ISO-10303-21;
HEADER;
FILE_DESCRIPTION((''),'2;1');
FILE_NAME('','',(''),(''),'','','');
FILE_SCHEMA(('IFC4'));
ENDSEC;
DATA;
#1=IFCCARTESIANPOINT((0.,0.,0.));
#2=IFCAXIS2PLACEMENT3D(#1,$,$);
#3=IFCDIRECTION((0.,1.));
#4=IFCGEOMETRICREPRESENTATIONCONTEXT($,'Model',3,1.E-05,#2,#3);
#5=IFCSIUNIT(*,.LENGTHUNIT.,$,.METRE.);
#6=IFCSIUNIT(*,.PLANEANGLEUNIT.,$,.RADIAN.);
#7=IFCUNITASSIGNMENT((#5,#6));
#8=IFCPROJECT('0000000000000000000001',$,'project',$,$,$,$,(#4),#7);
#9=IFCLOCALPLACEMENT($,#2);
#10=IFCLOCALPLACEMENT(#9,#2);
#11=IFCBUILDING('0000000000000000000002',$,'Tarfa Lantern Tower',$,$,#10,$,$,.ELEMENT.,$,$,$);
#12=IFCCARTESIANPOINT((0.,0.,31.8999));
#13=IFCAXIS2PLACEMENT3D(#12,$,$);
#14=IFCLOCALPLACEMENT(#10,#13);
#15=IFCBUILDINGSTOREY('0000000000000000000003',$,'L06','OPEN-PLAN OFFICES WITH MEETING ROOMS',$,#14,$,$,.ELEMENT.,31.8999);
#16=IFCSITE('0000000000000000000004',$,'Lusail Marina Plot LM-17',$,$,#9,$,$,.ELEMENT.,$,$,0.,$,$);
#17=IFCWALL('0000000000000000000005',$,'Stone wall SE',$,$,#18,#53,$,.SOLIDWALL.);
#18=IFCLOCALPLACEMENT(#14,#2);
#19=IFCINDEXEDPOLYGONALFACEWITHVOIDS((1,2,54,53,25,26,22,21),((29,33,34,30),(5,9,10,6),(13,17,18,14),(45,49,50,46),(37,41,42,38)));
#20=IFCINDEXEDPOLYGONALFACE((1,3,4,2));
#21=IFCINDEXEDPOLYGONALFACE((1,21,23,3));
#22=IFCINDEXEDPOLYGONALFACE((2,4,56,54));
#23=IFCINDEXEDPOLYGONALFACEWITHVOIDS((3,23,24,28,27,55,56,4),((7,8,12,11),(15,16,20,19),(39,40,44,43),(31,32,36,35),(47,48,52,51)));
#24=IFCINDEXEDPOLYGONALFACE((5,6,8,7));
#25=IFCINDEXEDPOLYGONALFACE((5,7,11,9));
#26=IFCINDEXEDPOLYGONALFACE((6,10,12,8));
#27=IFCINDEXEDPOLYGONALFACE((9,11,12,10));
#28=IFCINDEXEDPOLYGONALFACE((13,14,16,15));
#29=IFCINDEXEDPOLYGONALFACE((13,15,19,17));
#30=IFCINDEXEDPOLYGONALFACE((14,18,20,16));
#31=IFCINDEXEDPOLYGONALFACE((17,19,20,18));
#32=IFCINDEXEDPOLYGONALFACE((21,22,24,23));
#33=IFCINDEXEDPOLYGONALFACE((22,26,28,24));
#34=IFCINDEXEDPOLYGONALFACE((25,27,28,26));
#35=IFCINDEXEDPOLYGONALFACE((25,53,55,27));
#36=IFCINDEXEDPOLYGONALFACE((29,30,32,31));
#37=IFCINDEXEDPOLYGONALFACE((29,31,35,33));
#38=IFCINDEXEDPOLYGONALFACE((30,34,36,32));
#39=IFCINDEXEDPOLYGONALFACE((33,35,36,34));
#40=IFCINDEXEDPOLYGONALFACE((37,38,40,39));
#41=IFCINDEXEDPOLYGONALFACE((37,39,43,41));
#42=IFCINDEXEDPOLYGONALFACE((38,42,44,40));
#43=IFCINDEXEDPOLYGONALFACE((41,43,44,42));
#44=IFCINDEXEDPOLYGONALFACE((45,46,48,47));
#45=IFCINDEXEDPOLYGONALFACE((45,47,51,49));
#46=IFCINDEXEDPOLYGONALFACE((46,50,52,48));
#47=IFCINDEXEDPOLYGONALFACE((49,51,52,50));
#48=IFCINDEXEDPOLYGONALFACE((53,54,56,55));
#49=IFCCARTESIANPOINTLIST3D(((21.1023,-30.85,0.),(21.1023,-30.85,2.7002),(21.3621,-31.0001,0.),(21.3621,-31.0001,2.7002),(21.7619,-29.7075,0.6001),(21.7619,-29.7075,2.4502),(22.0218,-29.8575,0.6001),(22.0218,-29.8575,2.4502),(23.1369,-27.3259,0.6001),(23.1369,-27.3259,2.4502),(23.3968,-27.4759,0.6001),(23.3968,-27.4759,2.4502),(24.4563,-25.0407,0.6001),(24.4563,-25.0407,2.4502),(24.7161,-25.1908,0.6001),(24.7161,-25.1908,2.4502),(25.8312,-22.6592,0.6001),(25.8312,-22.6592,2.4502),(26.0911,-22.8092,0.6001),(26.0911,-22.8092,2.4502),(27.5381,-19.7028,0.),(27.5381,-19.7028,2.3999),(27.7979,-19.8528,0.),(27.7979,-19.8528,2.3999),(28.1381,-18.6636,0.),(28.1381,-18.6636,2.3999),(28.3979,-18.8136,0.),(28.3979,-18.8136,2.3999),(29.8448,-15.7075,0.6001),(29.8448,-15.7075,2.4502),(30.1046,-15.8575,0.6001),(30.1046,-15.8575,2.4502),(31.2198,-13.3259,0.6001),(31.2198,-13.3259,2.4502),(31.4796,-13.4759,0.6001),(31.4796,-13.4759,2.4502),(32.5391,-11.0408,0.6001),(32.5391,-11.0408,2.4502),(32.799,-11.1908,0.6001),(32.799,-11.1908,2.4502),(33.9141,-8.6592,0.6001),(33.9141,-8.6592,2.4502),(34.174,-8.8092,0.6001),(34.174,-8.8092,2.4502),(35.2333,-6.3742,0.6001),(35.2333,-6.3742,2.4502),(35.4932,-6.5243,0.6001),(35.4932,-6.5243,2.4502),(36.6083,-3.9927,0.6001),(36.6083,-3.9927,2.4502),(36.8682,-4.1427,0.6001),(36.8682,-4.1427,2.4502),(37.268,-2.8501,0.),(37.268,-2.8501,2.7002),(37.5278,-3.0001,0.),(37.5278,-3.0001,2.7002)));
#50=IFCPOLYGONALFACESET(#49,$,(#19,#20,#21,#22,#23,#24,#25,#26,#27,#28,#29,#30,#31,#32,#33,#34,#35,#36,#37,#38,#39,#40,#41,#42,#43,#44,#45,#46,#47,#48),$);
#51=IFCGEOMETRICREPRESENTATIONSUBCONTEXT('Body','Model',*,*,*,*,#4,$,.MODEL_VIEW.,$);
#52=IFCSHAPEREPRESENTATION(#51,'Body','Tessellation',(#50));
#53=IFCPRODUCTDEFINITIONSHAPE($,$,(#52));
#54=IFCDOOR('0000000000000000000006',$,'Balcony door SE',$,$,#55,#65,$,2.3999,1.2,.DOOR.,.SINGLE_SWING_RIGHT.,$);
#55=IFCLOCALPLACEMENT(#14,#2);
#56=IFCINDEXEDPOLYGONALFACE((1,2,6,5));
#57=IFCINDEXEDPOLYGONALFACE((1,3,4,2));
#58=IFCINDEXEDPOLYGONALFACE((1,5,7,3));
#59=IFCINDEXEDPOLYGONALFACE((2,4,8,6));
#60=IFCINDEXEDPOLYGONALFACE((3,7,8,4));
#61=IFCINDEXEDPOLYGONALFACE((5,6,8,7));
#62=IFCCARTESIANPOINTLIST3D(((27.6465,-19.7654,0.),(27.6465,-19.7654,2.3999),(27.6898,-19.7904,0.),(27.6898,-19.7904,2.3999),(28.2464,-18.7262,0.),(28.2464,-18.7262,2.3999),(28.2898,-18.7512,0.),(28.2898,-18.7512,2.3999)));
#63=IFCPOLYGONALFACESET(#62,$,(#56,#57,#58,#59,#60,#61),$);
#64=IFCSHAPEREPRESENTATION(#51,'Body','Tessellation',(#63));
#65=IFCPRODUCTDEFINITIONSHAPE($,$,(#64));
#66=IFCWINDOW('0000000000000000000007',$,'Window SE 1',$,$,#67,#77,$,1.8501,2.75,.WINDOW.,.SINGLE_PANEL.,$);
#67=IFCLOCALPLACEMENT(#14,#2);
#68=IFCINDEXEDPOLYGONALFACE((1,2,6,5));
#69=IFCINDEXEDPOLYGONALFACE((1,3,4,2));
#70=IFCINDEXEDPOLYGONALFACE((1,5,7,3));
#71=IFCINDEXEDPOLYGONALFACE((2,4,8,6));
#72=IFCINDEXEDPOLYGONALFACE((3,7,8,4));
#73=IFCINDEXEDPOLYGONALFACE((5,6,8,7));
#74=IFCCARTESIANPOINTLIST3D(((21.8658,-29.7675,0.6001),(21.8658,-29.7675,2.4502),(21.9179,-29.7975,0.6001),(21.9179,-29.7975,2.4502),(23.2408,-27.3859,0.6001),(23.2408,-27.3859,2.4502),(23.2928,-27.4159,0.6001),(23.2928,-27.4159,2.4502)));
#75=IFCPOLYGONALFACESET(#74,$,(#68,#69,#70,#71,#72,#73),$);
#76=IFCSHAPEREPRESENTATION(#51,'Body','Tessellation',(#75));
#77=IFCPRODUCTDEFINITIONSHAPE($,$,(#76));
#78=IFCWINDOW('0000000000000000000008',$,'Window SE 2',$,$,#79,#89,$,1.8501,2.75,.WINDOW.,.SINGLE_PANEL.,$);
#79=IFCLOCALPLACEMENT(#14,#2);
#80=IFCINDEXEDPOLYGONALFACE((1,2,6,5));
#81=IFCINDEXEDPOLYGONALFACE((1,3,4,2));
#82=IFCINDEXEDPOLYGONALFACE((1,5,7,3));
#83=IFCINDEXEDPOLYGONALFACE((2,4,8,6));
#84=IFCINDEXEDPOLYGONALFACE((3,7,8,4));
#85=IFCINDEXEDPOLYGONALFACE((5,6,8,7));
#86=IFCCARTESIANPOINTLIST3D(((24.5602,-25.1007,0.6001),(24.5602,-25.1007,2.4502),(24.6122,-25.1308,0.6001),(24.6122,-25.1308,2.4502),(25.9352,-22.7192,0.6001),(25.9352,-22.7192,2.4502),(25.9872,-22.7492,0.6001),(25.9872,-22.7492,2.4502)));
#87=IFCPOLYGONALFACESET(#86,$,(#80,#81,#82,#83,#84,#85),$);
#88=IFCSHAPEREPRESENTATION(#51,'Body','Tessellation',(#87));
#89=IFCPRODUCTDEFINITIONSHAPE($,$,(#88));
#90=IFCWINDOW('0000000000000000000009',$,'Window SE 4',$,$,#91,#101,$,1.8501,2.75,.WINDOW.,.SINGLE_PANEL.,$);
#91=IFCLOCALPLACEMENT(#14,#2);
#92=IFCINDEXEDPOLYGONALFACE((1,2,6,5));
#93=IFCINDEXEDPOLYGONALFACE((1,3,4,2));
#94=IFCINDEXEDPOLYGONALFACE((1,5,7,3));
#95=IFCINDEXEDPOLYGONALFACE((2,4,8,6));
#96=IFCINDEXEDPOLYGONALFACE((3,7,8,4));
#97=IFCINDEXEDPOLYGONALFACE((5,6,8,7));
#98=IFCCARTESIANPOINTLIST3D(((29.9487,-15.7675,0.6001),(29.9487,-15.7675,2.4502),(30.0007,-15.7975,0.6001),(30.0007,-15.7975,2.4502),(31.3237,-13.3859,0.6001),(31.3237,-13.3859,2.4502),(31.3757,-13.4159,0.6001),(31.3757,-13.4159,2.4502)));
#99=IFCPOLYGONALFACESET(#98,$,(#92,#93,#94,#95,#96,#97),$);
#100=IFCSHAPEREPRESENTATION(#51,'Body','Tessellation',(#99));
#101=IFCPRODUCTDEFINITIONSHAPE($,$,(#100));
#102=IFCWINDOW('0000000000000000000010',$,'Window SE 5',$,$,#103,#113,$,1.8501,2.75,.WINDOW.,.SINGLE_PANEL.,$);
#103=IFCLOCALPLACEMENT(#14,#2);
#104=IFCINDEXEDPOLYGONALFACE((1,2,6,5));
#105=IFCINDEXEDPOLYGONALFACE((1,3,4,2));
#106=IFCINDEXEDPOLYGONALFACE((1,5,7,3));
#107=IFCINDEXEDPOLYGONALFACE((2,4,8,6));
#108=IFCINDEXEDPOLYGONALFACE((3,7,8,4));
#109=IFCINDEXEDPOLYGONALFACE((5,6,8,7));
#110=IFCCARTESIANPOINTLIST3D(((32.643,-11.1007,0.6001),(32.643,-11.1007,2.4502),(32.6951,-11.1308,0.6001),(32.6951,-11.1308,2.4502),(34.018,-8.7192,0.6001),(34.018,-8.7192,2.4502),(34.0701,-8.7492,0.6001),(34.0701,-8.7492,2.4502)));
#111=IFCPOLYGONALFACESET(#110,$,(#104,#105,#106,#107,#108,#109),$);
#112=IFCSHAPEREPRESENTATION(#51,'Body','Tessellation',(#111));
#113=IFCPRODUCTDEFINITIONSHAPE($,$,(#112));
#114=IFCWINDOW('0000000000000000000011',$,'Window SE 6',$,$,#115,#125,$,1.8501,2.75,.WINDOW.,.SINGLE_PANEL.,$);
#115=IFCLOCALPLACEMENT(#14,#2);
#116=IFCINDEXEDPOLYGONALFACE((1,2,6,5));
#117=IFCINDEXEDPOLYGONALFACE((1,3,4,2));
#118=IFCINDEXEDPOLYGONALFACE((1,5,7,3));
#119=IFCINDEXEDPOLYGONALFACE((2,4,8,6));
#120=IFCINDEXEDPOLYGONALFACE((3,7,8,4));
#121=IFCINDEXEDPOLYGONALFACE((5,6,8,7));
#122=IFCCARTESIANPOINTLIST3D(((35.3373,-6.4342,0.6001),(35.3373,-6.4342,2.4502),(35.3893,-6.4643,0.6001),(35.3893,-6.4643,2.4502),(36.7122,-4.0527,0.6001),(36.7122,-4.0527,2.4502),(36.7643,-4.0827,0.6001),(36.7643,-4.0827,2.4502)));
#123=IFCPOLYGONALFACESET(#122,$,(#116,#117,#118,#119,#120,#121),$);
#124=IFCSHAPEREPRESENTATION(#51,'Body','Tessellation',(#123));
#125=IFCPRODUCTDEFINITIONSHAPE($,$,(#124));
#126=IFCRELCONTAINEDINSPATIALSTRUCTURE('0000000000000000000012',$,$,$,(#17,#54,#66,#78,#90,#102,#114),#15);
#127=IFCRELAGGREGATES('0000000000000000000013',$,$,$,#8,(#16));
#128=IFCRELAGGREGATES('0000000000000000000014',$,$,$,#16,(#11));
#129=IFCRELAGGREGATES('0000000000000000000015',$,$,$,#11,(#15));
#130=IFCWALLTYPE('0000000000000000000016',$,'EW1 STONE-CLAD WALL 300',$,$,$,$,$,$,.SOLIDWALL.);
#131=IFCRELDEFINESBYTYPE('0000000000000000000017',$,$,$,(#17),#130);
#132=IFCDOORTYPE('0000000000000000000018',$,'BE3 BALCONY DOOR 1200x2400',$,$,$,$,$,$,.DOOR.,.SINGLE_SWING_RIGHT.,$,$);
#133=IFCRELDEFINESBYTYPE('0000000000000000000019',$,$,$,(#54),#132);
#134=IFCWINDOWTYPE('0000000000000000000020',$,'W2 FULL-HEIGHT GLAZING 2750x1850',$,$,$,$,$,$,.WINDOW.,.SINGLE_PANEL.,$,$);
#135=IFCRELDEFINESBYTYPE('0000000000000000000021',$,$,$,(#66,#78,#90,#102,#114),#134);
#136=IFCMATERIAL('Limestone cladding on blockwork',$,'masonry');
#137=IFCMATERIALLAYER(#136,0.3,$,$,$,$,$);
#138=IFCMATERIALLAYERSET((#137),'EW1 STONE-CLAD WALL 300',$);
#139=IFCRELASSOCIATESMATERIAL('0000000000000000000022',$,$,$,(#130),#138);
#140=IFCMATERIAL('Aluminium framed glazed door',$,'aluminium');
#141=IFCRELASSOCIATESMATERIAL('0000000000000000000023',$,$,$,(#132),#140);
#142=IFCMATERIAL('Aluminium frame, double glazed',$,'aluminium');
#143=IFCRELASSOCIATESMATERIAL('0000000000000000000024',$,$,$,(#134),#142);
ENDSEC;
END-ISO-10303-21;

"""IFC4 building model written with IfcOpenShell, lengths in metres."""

from ifc_helpers import new_model, si_unit, direction, frame, frame_2d, origin, place, context, subcontext, project, spatial, rectangle, extrude, material, layer, layer_set, type_object, element, fill, save


model = new_model("IFC4")

# Units and contexts
model_context = context("Model", 3, precision=1e-05, world=origin(), true_north=direction((0.0, 1.0)))
body_context = subcontext(model_context, "Body", "Model", "MODEL_VIEW")
ifc_project = project(units=[si_unit("LENGTHUNIT", "METRE"), si_unit("PLANEANGLEUNIT", "RADIAN")], contexts=[model_context])

# Site, building, storey
site_placement = place(None, origin())
site = spatial("IfcSite", under=ifc_project, at=site_placement, Name="Lusail Marina Plot LM-17", CompositionType="ELEMENT", RefElevation=0.0)
building_placement = place(site_placement, origin())
building = spatial("IfcBuilding", under=site, at=building_placement, Name="Tarfa Lantern Tower", CompositionType="ELEMENT")
storey_placement = place(building_placement, frame((0.0, 0.0, 31.8999)))
storey = spatial("IfcBuildingStorey", under=building, at=storey_placement, Name="L06", Description="OPEN-PLAN OFFICES WITH MEETING ROOMS", CompositionType="ELEMENT", Elevation=31.8999)

# Wall, openings, door, windows
ifc_material_1 = material(Name="Limestone cladding on blockwork", Category="masonry")
ifc_layer_1 = layer(ifc_material_1, 0.3)
ifc_layer_set_1 = layer_set([ifc_layer_1], Name="EW1 STONE-CLAD WALL 300")
wall_type_1 = type_object("IfcWallType", Name="EW1 STONE-CLAD WALL 300", PredefinedType="SOLIDWALL", material=ifc_layer_set_1)
wall_1_placement = place(storey_placement, frame((21.2322, -30.925, 0.0), z_axis=(0.0, 0.0, 1.0), x_axis=(0.499999, 0.866026, 0.0)))
wall_1 = element("IfcWall", 1, at=wall_1_placement, inside=storey, type_object=wall_type_1, Name="Stone wall SE", PredefinedType="SOLIDWALL", context=body_context, shape_type="SweptSolid", body=[
    extrude(rectangle(XDim=32.3315, YDim=0.3, at=frame_2d((16.1658, 0.0))), origin(), (0.0, 0.0, 1.0), 2.7002),
])
opening_1_placement = place(wall_1_placement, frame((1.3193, 0.0, 0.6001)))
opening_1 = element("IfcOpeningElement", 2, at=opening_1_placement, cuts=wall_1, PredefinedType="OPENING", context=body_context, shape_type="SweptSolid", body=[
    extrude(rectangle(XDim=2.75, YDim=1.8501, at=frame_2d((1.375, 0.925))), frame((0.0, 0.1599, 0.0), z_axis=(0.0, -1.0, 0.0), x_axis=(1.0, 0.0, 0.0)), (0.0, 0.0, 1.0), 0.3201),
])
opening_2_placement = place(wall_1_placement, frame((6.708, 0.0, 0.6001)))
opening_2 = element("IfcOpeningElement", 3, at=opening_2_placement, cuts=wall_1, PredefinedType="OPENING", context=body_context, shape_type="SweptSolid", body=[
    extrude(rectangle(XDim=2.75, YDim=1.8501, at=frame_2d((1.375, 0.925))), frame((0.0, 0.1599, 0.0), z_axis=(0.0, -1.0, 0.0), x_axis=(1.0, 0.0, 0.0)), (0.0, 0.0, 1.0), 0.3201),
])
opening_3_placement = place(wall_1_placement, frame((12.8716, 0.0, 0.0)))
opening_3 = element("IfcOpeningElement", 4, at=opening_3_placement, cuts=wall_1, PredefinedType="OPENING", context=body_context, shape_type="SweptSolid", body=[
    extrude(rectangle(XDim=1.2, YDim=2.3999, at=frame_2d((0.6001, 1.2))), frame((0.0, 0.1599, 0.0), z_axis=(0.0, -1.0, 0.0), x_axis=(1.0, 0.0, 0.0)), (0.0, 0.0, 1.0), 0.3201),
])
opening_4_placement = place(wall_1_placement, frame((17.4851, 0.0, 0.6001)))
opening_4 = element("IfcOpeningElement", 5, at=opening_4_placement, cuts=wall_1, PredefinedType="OPENING", context=body_context, shape_type="SweptSolid", body=[
    extrude(rectangle(XDim=2.75, YDim=1.8501, at=frame_2d((1.375, 0.925))), frame((0.0, 0.1599, 0.0), z_axis=(0.0, -1.0, 0.0), x_axis=(1.0, 0.0, 0.0)), (0.0, 0.0, 1.0), 0.3201),
])
opening_5_placement = place(wall_1_placement, frame((22.8738, 0.0, 0.6001)))
opening_5 = element("IfcOpeningElement", 6, at=opening_5_placement, cuts=wall_1, PredefinedType="OPENING", context=body_context, shape_type="SweptSolid", body=[
    extrude(rectangle(XDim=2.75, YDim=1.8501, at=frame_2d((1.375, 0.925))), frame((0.0, 0.1599, 0.0), z_axis=(0.0, -1.0, 0.0), x_axis=(1.0, 0.0, 0.0)), (0.0, 0.0, 1.0), 0.3201),
])
opening_6_placement = place(wall_1_placement, frame((28.2622, 0.0, 0.6001)))
opening_6 = element("IfcOpeningElement", 7, at=opening_6_placement, cuts=wall_1, PredefinedType="OPENING", context=body_context, shape_type="SweptSolid", body=[
    extrude(rectangle(XDim=2.75, YDim=1.8501, at=frame_2d((1.375, 0.925))), frame((0.0, 0.1599, 0.0), z_axis=(0.0, -1.0, 0.0), x_axis=(1.0, 0.0, 0.0)), (0.0, 0.0, 1.0), 0.3201),
])
ifc_material_2 = material(Name="Aluminium framed glazed door", Category="aluminium")
door_type_1 = type_object("IfcDoorType", Name="BE3 BALCONY DOOR 1200x2400", OperationType="SINGLE_SWING_RIGHT", PredefinedType="DOOR", material=ifc_material_2)
door_1_placement = place(opening_3_placement, origin())
door_1 = element("IfcDoor", 8, at=door_1_placement, inside=storey, type_object=door_type_1, Name="Balcony door SE", OperationType="SINGLE_SWING_RIGHT", OverallHeight=2.3999, OverallWidth=1.2, PredefinedType="DOOR", context=body_context, shape_type="SweptSolid", body=[
    extrude(rectangle(XDim=1.2, YDim=2.3999, at=frame_2d((0.6001, 1.2))), frame((0.0, 0.0249, 0.0), z_axis=(0.0, -1.0, 0.0), x_axis=(1.0, 0.0, 0.0)), (0.0, 0.0, 1.0), 0.05),
])
fill(opening_3, door_1)
ifc_material_3 = material(Name="Aluminium frame, double glazed", Category="aluminium")
window_type = type_object("IfcWindowType", Name="W2 FULL-HEIGHT GLAZING 2750x1850", PartitioningType="SINGLE_PANEL", PredefinedType="WINDOW", material=ifc_material_3)
window_1_placement = place(opening_1_placement, origin())
window_1 = element("IfcWindow", 9, at=window_1_placement, inside=storey, type_object=window_type, Name="Window SE 1", OverallHeight=1.8501, OverallWidth=2.75, PartitioningType="SINGLE_PANEL", PredefinedType="WINDOW", context=body_context, shape_type="SweptSolid", body=[
    extrude(rectangle(XDim=2.75, YDim=1.8501, at=frame_2d((1.375, 0.925))), frame((0.0, 0.03, 0.0), z_axis=(0.0, -1.0, 0.0), x_axis=(1.0, 0.0, 0.0)), (0.0, 0.0, 1.0), 0.0601),
])
fill(opening_1, window_1)
window_2_placement = place(opening_2_placement, origin())
window_2 = element("IfcWindow", 10, at=window_2_placement, inside=storey, type_object=window_type, Name="Window SE 2", OverallHeight=1.8501, OverallWidth=2.75, PartitioningType="SINGLE_PANEL", PredefinedType="WINDOW", context=body_context, shape_type="SweptSolid", body=[
    extrude(rectangle(XDim=2.75, YDim=1.8501, at=frame_2d((1.375, 0.925))), frame((0.0, 0.03, 0.0), z_axis=(0.0, -1.0, 0.0), x_axis=(1.0, 0.0, 0.0)), (0.0, 0.0, 1.0), 0.0601),
])
fill(opening_2, window_2)
window_3_placement = place(opening_4_placement, origin())
window_3 = element("IfcWindow", 11, at=window_3_placement, inside=storey, type_object=window_type, Name="Window SE 4", OverallHeight=1.8501, OverallWidth=2.75, PartitioningType="SINGLE_PANEL", PredefinedType="WINDOW", context=body_context, shape_type="SweptSolid", body=[
    extrude(rectangle(XDim=2.75, YDim=1.8501, at=frame_2d((1.375, 0.925))), frame((0.0, 0.03, 0.0), z_axis=(0.0, -1.0, 0.0), x_axis=(1.0, 0.0, 0.0)), (0.0, 0.0, 1.0), 0.0601),
])
fill(opening_4, window_3)
window_4_placement = place(opening_5_placement, origin())
window_4 = element("IfcWindow", 12, at=window_4_placement, inside=storey, type_object=window_type, Name="Window SE 5", OverallHeight=1.8501, OverallWidth=2.75, PartitioningType="SINGLE_PANEL", PredefinedType="WINDOW", context=body_context, shape_type="SweptSolid", body=[
    extrude(rectangle(XDim=2.75, YDim=1.8501, at=frame_2d((1.375, 0.925))), frame((0.0, 0.03, 0.0), z_axis=(0.0, -1.0, 0.0), x_axis=(1.0, 0.0, 0.0)), (0.0, 0.0, 1.0), 0.0601),
])
fill(opening_5, window_4)
window_5_placement = place(opening_6_placement, origin())
window_5 = element("IfcWindow", 13, at=window_5_placement, inside=storey, type_object=window_type, Name="Window SE 6", OverallHeight=1.8501, OverallWidth=2.75, PartitioningType="SINGLE_PANEL", PredefinedType="WINDOW", context=body_context, shape_type="SweptSolid", body=[
    extrude(rectangle(XDim=2.75, YDim=1.8501, at=frame_2d((1.375, 0.925))), frame((0.0, 0.03, 0.0), z_axis=(0.0, -1.0, 0.0), x_axis=(1.0, 0.0, 0.0)), (0.0, 0.0, 1.0), 0.0601),
])
fill(opening_6, window_5)

save(model, "model.ifc")
